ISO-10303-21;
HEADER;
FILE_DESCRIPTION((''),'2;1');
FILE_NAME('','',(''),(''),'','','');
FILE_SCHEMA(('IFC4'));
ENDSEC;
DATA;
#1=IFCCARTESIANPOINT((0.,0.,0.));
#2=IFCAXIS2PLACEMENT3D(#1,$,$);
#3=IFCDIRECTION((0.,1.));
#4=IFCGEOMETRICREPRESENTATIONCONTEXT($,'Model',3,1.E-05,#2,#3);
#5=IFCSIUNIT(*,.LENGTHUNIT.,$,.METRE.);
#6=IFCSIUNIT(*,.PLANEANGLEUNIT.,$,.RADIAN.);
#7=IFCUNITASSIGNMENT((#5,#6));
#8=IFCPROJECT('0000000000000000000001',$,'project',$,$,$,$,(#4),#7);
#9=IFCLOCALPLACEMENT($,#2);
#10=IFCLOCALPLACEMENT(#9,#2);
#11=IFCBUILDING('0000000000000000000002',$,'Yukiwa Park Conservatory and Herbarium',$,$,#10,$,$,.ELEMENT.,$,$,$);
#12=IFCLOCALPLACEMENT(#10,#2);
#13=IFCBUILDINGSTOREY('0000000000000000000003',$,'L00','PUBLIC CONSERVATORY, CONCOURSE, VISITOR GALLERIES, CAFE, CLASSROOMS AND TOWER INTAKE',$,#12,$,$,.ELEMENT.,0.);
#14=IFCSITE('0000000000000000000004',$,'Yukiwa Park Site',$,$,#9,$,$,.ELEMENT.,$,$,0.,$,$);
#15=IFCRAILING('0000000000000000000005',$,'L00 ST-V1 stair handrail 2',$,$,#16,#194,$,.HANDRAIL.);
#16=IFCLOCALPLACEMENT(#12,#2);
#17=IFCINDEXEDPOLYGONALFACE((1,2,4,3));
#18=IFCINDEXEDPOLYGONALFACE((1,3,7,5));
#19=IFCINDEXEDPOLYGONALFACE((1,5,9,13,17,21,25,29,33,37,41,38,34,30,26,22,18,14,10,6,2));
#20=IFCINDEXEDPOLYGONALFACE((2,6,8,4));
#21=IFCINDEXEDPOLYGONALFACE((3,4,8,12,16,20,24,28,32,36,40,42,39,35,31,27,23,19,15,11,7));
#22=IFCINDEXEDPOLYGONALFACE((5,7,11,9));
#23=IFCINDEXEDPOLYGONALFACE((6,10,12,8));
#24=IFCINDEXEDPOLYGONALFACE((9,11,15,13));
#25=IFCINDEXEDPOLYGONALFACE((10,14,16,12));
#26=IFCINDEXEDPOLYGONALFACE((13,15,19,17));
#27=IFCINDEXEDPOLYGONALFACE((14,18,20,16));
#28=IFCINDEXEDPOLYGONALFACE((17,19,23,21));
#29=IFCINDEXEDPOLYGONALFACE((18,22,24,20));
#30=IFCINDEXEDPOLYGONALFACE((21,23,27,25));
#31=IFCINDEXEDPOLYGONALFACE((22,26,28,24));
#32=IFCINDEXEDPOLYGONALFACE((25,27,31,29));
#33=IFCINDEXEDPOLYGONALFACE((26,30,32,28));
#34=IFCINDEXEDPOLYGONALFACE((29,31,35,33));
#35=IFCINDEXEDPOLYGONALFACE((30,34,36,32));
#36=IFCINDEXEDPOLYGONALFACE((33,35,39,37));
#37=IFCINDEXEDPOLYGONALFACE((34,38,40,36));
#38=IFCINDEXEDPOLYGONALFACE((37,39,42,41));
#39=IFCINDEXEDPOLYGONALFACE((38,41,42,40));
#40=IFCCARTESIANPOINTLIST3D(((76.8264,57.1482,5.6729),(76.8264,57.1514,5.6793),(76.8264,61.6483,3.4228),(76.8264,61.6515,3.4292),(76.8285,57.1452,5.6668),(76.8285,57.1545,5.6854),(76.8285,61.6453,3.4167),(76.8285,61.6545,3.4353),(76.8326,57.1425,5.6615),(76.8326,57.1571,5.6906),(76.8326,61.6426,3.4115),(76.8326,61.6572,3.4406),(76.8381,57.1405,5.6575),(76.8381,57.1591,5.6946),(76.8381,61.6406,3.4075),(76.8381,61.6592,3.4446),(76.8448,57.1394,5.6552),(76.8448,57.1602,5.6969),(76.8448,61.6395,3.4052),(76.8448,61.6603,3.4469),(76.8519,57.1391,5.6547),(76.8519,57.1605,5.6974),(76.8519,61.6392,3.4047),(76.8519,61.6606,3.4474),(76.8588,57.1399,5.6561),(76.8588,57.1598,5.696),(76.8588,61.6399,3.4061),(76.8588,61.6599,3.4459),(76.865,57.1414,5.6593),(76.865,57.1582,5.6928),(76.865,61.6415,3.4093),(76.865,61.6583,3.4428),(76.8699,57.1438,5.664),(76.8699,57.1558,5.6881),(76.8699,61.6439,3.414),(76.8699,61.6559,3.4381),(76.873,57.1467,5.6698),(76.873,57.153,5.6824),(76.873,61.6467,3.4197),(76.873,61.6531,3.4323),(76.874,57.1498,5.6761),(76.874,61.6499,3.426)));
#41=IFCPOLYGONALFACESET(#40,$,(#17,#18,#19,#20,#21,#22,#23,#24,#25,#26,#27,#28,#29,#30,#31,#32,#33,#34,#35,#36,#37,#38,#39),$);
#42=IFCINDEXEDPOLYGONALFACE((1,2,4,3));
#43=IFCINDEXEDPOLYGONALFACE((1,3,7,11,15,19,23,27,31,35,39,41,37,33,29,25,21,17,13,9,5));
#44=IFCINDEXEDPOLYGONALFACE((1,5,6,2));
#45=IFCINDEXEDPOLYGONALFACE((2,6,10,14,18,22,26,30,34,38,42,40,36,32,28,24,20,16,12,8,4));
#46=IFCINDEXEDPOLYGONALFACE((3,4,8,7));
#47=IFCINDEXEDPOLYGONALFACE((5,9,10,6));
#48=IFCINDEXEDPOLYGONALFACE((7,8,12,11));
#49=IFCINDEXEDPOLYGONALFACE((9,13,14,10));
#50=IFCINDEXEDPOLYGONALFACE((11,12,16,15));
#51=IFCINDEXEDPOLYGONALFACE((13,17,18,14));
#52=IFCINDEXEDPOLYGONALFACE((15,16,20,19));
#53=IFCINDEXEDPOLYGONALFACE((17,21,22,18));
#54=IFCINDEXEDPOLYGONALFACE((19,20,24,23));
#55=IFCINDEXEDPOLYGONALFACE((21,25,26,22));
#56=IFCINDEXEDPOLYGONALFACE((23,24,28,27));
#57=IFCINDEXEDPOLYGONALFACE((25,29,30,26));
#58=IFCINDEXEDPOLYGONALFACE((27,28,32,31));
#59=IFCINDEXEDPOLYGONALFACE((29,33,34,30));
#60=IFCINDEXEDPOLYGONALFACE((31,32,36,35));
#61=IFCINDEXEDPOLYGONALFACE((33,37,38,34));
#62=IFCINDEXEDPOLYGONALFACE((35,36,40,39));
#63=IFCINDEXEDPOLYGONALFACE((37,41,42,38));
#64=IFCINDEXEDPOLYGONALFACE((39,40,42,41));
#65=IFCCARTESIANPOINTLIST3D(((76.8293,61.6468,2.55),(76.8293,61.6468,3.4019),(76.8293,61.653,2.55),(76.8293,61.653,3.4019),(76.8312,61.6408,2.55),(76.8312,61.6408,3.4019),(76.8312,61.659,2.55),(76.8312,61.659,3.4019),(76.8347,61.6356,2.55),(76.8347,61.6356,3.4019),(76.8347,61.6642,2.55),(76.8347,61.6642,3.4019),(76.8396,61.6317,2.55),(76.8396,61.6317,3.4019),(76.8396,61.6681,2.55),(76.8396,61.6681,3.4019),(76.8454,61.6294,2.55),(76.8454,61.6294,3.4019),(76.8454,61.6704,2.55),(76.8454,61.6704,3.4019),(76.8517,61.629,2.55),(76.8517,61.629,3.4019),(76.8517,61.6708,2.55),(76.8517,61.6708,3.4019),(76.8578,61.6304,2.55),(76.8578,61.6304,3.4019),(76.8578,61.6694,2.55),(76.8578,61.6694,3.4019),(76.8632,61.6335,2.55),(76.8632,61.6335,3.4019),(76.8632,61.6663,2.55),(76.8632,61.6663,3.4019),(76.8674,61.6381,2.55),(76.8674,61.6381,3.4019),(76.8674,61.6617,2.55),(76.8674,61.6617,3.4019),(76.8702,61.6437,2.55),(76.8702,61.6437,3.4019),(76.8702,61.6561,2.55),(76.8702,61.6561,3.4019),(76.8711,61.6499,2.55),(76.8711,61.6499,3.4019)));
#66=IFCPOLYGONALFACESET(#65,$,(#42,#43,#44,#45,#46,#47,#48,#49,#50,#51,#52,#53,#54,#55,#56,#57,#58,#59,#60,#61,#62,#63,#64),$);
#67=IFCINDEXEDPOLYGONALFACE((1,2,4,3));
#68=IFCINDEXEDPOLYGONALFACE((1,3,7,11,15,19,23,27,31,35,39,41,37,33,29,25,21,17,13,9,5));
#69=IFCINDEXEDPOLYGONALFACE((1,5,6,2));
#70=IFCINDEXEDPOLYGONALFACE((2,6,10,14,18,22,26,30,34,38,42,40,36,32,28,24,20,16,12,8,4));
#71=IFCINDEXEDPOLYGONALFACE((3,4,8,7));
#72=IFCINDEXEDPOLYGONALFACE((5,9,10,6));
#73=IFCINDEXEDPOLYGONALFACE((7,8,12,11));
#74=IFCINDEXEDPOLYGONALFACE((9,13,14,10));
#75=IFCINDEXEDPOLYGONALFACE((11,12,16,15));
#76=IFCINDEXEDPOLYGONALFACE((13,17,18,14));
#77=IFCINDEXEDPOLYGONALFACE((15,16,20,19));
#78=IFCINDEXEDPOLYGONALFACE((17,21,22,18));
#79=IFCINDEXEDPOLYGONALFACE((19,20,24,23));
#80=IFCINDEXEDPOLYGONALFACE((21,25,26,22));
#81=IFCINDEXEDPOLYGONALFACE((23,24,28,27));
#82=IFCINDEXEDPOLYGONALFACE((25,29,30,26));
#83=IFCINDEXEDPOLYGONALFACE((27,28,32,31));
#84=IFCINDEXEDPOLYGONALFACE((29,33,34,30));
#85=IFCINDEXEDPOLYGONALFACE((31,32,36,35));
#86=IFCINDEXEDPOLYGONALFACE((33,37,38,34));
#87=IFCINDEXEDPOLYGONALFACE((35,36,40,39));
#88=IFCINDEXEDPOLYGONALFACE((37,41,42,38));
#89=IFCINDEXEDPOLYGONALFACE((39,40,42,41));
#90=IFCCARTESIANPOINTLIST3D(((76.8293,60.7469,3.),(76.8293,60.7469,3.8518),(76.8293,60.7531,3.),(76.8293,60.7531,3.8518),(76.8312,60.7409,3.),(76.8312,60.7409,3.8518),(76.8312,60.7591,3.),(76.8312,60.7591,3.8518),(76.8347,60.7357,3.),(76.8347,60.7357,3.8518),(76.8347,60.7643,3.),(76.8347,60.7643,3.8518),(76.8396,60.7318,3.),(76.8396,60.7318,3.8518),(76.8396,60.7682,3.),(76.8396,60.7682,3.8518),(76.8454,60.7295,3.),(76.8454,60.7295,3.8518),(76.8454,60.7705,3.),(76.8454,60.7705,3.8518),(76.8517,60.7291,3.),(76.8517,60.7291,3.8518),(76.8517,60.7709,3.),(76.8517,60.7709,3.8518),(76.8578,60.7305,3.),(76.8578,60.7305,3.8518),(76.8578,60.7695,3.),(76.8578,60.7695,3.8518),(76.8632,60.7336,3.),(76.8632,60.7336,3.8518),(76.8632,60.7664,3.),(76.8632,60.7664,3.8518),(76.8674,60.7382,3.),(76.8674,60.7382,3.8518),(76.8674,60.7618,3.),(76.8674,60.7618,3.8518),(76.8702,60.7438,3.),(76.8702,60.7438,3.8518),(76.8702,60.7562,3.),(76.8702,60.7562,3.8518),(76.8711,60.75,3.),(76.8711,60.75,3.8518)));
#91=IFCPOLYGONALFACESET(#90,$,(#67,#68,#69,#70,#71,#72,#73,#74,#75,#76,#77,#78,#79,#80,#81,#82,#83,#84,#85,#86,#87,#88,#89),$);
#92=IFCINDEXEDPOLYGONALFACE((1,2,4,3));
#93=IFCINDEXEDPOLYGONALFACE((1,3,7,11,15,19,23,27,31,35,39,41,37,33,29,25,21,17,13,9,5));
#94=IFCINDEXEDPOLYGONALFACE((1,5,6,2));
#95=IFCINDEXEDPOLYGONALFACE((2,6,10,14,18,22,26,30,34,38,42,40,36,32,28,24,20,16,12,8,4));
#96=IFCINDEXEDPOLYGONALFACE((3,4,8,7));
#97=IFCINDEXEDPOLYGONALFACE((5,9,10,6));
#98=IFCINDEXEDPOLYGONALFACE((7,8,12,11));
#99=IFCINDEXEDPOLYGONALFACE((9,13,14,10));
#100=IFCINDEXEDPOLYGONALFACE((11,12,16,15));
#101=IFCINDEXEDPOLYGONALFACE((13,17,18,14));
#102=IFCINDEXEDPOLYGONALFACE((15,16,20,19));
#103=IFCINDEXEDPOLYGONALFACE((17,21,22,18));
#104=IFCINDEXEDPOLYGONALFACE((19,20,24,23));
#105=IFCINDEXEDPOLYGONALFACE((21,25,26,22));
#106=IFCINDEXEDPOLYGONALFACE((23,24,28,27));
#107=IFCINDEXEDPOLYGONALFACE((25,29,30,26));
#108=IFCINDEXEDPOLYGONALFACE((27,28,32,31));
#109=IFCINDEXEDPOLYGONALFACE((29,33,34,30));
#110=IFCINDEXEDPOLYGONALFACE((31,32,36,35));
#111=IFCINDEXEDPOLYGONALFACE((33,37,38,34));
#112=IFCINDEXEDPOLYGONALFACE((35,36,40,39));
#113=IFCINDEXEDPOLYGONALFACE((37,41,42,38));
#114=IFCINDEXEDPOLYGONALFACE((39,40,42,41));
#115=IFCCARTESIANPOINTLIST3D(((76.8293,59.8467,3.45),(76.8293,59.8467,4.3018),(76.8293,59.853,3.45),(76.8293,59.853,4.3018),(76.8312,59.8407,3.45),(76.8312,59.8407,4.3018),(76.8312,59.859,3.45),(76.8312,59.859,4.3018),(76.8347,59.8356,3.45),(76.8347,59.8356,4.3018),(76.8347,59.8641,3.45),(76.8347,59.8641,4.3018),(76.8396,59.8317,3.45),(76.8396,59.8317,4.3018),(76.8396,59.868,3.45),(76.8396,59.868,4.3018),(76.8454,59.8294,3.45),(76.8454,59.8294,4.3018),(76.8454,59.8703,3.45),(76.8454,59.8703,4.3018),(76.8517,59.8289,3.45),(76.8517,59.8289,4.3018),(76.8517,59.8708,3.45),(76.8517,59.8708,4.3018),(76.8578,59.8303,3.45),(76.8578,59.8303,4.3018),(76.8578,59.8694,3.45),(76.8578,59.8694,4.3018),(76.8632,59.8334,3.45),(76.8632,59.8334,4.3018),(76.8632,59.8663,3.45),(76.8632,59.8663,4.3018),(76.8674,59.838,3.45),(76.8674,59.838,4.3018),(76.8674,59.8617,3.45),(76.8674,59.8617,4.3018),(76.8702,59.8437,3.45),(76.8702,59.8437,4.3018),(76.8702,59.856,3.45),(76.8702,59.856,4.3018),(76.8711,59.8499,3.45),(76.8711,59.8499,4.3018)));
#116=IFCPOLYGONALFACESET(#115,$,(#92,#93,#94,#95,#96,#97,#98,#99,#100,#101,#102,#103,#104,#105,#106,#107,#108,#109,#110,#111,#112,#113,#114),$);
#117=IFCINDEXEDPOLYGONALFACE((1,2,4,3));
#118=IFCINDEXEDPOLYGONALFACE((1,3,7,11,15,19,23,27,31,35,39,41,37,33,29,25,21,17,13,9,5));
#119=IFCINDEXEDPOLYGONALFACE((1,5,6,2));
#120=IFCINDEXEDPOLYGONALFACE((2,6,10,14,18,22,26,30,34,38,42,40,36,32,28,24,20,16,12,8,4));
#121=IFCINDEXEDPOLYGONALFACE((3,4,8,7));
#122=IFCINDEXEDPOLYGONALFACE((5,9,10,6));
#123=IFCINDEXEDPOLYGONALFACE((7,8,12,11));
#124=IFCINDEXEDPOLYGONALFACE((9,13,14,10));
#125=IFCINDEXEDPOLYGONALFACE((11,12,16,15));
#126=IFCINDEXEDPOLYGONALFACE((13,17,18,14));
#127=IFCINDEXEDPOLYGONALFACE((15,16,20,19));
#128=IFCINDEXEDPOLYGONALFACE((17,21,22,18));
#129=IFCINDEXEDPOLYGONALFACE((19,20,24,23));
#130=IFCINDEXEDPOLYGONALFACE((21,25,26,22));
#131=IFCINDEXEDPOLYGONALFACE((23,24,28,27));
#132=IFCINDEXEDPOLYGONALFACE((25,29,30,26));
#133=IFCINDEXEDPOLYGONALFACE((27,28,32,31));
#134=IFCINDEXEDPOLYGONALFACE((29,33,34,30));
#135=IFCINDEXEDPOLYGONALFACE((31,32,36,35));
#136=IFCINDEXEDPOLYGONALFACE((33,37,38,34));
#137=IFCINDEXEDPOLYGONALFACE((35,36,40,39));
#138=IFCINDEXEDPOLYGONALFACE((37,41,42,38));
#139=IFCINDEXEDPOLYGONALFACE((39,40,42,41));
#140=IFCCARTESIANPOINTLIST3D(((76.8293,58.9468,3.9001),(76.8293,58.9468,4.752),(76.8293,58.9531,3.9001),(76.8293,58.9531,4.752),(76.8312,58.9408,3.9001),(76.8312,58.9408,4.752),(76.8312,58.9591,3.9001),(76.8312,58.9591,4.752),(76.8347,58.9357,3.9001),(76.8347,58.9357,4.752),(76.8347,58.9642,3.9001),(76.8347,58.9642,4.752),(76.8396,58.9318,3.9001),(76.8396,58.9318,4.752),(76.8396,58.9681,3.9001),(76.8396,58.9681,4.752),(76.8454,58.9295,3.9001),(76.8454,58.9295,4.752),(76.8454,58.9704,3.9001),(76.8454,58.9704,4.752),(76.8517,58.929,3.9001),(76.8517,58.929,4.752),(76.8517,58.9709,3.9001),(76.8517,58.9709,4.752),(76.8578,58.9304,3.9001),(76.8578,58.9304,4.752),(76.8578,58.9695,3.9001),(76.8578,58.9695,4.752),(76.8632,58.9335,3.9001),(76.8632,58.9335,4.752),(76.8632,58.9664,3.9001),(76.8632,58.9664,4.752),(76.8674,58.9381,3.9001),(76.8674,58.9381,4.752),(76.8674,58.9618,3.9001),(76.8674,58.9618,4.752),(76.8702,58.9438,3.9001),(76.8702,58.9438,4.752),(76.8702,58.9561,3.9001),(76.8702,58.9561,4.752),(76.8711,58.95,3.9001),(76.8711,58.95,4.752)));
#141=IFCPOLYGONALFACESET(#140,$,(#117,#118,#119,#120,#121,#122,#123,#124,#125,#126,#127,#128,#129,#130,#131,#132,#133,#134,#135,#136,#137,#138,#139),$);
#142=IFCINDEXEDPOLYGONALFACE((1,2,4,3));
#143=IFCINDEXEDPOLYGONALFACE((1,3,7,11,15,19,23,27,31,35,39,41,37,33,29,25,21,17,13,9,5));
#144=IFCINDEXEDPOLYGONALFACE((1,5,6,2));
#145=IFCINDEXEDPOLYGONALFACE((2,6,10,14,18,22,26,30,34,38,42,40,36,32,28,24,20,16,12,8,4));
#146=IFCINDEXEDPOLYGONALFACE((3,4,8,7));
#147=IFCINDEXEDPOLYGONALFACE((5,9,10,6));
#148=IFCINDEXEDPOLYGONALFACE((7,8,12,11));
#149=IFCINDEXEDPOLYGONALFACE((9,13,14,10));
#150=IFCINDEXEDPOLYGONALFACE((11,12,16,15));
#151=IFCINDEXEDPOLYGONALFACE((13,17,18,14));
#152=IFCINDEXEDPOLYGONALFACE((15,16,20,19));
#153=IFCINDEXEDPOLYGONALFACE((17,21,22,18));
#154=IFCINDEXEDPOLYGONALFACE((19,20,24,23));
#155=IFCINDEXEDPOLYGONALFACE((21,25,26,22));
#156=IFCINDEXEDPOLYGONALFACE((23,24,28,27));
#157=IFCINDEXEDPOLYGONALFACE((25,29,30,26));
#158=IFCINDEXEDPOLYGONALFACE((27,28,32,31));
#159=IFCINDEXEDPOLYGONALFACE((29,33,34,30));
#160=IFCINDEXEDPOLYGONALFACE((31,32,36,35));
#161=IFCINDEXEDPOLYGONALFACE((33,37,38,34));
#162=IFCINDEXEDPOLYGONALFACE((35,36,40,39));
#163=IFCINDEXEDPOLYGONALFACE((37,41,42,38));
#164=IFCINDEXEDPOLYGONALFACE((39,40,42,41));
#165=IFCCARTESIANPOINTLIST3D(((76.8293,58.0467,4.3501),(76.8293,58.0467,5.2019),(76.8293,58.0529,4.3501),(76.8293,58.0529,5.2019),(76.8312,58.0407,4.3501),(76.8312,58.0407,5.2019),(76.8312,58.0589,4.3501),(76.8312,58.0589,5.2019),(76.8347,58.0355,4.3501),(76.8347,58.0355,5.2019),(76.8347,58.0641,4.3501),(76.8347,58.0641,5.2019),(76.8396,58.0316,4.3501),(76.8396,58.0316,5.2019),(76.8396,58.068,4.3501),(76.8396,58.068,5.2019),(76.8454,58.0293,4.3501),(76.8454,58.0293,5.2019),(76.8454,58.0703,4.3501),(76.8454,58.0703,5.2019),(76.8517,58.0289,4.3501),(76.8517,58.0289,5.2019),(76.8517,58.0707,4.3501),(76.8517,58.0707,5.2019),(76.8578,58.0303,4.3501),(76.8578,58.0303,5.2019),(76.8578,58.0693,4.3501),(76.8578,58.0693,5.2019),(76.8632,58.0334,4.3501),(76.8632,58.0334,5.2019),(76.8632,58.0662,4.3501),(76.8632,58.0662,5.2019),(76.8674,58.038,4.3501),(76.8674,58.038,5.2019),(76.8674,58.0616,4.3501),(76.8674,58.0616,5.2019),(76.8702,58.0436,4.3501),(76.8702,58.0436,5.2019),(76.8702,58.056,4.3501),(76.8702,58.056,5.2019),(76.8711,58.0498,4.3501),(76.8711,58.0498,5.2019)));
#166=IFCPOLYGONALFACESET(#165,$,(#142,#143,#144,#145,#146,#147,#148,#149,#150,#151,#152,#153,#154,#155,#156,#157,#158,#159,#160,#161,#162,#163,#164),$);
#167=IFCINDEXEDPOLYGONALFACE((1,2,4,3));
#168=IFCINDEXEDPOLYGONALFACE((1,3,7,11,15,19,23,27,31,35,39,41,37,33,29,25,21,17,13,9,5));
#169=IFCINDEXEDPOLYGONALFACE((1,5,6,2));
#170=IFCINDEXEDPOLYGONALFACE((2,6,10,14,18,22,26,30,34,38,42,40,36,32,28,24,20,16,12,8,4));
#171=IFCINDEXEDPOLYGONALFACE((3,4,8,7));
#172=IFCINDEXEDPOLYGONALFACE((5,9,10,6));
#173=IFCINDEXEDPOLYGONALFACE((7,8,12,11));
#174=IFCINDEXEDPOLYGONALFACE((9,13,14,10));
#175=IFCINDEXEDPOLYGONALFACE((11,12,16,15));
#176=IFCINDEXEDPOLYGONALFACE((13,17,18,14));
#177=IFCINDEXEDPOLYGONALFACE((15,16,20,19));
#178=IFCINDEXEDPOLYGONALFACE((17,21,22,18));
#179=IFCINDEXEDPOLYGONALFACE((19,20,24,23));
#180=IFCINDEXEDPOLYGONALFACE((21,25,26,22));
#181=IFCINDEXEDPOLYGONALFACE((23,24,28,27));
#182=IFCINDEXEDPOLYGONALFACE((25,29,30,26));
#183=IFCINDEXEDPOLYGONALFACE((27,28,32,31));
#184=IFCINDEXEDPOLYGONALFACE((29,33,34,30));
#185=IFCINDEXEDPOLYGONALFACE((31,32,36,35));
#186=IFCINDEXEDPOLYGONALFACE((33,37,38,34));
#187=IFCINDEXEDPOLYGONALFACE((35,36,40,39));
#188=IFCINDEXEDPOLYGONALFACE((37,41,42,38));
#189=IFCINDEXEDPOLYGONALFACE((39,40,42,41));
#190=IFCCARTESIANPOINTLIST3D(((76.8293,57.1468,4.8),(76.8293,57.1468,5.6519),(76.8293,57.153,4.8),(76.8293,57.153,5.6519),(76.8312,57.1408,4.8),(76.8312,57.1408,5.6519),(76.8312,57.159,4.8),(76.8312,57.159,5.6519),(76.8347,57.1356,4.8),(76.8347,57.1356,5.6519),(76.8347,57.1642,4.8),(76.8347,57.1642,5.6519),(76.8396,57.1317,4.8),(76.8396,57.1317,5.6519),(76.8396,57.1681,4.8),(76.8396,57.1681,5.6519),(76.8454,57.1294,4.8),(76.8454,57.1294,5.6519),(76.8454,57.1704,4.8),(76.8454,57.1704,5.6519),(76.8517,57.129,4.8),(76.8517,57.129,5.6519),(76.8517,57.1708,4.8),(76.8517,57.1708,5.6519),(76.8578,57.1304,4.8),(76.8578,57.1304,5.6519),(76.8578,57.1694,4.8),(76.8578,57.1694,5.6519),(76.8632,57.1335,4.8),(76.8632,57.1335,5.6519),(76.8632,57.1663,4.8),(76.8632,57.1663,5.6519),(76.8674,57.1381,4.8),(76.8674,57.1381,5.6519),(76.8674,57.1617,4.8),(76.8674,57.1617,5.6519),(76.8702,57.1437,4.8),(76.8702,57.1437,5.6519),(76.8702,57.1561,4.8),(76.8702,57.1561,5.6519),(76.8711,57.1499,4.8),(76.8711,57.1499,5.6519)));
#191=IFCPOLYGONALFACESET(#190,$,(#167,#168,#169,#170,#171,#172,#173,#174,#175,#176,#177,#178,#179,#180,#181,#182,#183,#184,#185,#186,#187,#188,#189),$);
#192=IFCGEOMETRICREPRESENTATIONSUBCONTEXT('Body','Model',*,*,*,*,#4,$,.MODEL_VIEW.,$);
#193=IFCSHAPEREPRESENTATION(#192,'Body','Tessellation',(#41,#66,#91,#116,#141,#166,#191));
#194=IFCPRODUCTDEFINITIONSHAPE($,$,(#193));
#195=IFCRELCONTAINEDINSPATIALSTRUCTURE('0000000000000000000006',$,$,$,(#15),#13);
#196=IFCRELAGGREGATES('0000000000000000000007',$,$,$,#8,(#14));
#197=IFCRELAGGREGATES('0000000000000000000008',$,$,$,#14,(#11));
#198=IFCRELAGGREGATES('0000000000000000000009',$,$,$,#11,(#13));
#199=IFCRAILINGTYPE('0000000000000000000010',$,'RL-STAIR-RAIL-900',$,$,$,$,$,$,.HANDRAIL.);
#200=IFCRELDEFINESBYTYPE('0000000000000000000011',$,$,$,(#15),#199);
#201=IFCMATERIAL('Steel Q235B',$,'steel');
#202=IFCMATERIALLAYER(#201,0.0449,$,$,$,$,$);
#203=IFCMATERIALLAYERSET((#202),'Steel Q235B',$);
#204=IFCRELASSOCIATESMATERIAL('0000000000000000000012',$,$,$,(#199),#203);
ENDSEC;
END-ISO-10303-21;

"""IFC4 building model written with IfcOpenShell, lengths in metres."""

from ifc_helpers import new_model, si_unit, direction, frame, origin, origin_2d, place, context, subcontext, project, spatial, circle, extrude, material, layer, layer_set, type_object, element, save


model = new_model("IFC4")

# Units and contexts
model_context = context("Model", 3, precision=1e-05, world=origin(), true_north=direction((0.0, 1.0)))
body_context = subcontext(model_context, "Body", "Model", "MODEL_VIEW")
ifc_project = project(units=[si_unit("LENGTHUNIT", "METRE"), si_unit("PLANEANGLEUNIT", "RADIAN")], contexts=[model_context])

# Site, building, storey
site_placement = place(None, origin())
site = spatial("IfcSite", under=ifc_project, at=site_placement, Name="Yukiwa Park Site", CompositionType="ELEMENT", RefElevation=0.0)
building_placement = place(site_placement, origin())
building = spatial("IfcBuilding", under=site, at=building_placement, Name="Yukiwa Park Conservatory and Herbarium", CompositionType="ELEMENT")
storey_placement = place(building_placement, origin())
storey = spatial("IfcBuildingStorey", under=building, at=storey_placement, Name="L00", Description="PUBLIC CONSERVATORY, CONCOURSE, VISITOR GALLERIES, CAFE, CLASSROOMS AND TOWER INTAKE", CompositionType="ELEMENT", Elevation=0.0)

# Railing
ifc_material_1 = material(Name="Steel Q235B", Category="steel")
ifc_layer_1 = layer(ifc_material_1, 0.0449)
ifc_layer_set_1 = layer_set([ifc_layer_1], Name="Steel Q235B")
railing_type_1 = type_object("IfcRailingType", Name="RL-STAIR-RAIL-900", PredefinedType="HANDRAIL", material=ifc_layer_set_1)
railing_1_placement = place(storey_placement, frame((76.8501, 61.6499, 2.55)))
element("IfcRailing", 1, at=railing_1_placement, inside=storey, type_object=railing_type_1, Name="L00 ST-V1 stair handrail 2", PredefinedType="HANDRAIL", context=body_context, shape_type="SweptSolid", body=[
    extrude(circle(Radius=0.0239, at=origin_2d()), frame((0.0, 0.0, 0.876), z_axis=(0.0, -0.894427, 0.447214), x_axis=(1.0, 0.0, 0.0)), (0.0, 0.0, 1.0), 5.0312),
    extrude(circle(Radius=0.021, at=origin_2d()), origin(), (0.0, 0.0, 1.0), 0.8518),
    extrude(circle(Radius=0.021, at=origin_2d()), frame((0.0, -0.8999, 0.45)), (0.0, 0.0, 1.0), 0.8518),
    extrude(circle(Radius=0.021, at=origin_2d()), frame((0.0, -1.8, 0.8999)), (0.0, 0.0, 1.0), 0.8518),
    extrude(circle(Radius=0.021, at=origin_2d()), frame((0.0, -2.7, 1.3501)), (0.0, 0.0, 1.0), 0.8518),
    extrude(circle(Radius=0.021, at=origin_2d()), frame((0.0, -3.6001, 1.8)), (0.0, 0.0, 1.0), 0.8518),
    extrude(circle(Radius=0.021, at=origin_2d()), frame((0.0, -4.5, 2.25)), (0.0, 0.0, 1.0), 0.8518),
])

save(model, "model.ifc")
